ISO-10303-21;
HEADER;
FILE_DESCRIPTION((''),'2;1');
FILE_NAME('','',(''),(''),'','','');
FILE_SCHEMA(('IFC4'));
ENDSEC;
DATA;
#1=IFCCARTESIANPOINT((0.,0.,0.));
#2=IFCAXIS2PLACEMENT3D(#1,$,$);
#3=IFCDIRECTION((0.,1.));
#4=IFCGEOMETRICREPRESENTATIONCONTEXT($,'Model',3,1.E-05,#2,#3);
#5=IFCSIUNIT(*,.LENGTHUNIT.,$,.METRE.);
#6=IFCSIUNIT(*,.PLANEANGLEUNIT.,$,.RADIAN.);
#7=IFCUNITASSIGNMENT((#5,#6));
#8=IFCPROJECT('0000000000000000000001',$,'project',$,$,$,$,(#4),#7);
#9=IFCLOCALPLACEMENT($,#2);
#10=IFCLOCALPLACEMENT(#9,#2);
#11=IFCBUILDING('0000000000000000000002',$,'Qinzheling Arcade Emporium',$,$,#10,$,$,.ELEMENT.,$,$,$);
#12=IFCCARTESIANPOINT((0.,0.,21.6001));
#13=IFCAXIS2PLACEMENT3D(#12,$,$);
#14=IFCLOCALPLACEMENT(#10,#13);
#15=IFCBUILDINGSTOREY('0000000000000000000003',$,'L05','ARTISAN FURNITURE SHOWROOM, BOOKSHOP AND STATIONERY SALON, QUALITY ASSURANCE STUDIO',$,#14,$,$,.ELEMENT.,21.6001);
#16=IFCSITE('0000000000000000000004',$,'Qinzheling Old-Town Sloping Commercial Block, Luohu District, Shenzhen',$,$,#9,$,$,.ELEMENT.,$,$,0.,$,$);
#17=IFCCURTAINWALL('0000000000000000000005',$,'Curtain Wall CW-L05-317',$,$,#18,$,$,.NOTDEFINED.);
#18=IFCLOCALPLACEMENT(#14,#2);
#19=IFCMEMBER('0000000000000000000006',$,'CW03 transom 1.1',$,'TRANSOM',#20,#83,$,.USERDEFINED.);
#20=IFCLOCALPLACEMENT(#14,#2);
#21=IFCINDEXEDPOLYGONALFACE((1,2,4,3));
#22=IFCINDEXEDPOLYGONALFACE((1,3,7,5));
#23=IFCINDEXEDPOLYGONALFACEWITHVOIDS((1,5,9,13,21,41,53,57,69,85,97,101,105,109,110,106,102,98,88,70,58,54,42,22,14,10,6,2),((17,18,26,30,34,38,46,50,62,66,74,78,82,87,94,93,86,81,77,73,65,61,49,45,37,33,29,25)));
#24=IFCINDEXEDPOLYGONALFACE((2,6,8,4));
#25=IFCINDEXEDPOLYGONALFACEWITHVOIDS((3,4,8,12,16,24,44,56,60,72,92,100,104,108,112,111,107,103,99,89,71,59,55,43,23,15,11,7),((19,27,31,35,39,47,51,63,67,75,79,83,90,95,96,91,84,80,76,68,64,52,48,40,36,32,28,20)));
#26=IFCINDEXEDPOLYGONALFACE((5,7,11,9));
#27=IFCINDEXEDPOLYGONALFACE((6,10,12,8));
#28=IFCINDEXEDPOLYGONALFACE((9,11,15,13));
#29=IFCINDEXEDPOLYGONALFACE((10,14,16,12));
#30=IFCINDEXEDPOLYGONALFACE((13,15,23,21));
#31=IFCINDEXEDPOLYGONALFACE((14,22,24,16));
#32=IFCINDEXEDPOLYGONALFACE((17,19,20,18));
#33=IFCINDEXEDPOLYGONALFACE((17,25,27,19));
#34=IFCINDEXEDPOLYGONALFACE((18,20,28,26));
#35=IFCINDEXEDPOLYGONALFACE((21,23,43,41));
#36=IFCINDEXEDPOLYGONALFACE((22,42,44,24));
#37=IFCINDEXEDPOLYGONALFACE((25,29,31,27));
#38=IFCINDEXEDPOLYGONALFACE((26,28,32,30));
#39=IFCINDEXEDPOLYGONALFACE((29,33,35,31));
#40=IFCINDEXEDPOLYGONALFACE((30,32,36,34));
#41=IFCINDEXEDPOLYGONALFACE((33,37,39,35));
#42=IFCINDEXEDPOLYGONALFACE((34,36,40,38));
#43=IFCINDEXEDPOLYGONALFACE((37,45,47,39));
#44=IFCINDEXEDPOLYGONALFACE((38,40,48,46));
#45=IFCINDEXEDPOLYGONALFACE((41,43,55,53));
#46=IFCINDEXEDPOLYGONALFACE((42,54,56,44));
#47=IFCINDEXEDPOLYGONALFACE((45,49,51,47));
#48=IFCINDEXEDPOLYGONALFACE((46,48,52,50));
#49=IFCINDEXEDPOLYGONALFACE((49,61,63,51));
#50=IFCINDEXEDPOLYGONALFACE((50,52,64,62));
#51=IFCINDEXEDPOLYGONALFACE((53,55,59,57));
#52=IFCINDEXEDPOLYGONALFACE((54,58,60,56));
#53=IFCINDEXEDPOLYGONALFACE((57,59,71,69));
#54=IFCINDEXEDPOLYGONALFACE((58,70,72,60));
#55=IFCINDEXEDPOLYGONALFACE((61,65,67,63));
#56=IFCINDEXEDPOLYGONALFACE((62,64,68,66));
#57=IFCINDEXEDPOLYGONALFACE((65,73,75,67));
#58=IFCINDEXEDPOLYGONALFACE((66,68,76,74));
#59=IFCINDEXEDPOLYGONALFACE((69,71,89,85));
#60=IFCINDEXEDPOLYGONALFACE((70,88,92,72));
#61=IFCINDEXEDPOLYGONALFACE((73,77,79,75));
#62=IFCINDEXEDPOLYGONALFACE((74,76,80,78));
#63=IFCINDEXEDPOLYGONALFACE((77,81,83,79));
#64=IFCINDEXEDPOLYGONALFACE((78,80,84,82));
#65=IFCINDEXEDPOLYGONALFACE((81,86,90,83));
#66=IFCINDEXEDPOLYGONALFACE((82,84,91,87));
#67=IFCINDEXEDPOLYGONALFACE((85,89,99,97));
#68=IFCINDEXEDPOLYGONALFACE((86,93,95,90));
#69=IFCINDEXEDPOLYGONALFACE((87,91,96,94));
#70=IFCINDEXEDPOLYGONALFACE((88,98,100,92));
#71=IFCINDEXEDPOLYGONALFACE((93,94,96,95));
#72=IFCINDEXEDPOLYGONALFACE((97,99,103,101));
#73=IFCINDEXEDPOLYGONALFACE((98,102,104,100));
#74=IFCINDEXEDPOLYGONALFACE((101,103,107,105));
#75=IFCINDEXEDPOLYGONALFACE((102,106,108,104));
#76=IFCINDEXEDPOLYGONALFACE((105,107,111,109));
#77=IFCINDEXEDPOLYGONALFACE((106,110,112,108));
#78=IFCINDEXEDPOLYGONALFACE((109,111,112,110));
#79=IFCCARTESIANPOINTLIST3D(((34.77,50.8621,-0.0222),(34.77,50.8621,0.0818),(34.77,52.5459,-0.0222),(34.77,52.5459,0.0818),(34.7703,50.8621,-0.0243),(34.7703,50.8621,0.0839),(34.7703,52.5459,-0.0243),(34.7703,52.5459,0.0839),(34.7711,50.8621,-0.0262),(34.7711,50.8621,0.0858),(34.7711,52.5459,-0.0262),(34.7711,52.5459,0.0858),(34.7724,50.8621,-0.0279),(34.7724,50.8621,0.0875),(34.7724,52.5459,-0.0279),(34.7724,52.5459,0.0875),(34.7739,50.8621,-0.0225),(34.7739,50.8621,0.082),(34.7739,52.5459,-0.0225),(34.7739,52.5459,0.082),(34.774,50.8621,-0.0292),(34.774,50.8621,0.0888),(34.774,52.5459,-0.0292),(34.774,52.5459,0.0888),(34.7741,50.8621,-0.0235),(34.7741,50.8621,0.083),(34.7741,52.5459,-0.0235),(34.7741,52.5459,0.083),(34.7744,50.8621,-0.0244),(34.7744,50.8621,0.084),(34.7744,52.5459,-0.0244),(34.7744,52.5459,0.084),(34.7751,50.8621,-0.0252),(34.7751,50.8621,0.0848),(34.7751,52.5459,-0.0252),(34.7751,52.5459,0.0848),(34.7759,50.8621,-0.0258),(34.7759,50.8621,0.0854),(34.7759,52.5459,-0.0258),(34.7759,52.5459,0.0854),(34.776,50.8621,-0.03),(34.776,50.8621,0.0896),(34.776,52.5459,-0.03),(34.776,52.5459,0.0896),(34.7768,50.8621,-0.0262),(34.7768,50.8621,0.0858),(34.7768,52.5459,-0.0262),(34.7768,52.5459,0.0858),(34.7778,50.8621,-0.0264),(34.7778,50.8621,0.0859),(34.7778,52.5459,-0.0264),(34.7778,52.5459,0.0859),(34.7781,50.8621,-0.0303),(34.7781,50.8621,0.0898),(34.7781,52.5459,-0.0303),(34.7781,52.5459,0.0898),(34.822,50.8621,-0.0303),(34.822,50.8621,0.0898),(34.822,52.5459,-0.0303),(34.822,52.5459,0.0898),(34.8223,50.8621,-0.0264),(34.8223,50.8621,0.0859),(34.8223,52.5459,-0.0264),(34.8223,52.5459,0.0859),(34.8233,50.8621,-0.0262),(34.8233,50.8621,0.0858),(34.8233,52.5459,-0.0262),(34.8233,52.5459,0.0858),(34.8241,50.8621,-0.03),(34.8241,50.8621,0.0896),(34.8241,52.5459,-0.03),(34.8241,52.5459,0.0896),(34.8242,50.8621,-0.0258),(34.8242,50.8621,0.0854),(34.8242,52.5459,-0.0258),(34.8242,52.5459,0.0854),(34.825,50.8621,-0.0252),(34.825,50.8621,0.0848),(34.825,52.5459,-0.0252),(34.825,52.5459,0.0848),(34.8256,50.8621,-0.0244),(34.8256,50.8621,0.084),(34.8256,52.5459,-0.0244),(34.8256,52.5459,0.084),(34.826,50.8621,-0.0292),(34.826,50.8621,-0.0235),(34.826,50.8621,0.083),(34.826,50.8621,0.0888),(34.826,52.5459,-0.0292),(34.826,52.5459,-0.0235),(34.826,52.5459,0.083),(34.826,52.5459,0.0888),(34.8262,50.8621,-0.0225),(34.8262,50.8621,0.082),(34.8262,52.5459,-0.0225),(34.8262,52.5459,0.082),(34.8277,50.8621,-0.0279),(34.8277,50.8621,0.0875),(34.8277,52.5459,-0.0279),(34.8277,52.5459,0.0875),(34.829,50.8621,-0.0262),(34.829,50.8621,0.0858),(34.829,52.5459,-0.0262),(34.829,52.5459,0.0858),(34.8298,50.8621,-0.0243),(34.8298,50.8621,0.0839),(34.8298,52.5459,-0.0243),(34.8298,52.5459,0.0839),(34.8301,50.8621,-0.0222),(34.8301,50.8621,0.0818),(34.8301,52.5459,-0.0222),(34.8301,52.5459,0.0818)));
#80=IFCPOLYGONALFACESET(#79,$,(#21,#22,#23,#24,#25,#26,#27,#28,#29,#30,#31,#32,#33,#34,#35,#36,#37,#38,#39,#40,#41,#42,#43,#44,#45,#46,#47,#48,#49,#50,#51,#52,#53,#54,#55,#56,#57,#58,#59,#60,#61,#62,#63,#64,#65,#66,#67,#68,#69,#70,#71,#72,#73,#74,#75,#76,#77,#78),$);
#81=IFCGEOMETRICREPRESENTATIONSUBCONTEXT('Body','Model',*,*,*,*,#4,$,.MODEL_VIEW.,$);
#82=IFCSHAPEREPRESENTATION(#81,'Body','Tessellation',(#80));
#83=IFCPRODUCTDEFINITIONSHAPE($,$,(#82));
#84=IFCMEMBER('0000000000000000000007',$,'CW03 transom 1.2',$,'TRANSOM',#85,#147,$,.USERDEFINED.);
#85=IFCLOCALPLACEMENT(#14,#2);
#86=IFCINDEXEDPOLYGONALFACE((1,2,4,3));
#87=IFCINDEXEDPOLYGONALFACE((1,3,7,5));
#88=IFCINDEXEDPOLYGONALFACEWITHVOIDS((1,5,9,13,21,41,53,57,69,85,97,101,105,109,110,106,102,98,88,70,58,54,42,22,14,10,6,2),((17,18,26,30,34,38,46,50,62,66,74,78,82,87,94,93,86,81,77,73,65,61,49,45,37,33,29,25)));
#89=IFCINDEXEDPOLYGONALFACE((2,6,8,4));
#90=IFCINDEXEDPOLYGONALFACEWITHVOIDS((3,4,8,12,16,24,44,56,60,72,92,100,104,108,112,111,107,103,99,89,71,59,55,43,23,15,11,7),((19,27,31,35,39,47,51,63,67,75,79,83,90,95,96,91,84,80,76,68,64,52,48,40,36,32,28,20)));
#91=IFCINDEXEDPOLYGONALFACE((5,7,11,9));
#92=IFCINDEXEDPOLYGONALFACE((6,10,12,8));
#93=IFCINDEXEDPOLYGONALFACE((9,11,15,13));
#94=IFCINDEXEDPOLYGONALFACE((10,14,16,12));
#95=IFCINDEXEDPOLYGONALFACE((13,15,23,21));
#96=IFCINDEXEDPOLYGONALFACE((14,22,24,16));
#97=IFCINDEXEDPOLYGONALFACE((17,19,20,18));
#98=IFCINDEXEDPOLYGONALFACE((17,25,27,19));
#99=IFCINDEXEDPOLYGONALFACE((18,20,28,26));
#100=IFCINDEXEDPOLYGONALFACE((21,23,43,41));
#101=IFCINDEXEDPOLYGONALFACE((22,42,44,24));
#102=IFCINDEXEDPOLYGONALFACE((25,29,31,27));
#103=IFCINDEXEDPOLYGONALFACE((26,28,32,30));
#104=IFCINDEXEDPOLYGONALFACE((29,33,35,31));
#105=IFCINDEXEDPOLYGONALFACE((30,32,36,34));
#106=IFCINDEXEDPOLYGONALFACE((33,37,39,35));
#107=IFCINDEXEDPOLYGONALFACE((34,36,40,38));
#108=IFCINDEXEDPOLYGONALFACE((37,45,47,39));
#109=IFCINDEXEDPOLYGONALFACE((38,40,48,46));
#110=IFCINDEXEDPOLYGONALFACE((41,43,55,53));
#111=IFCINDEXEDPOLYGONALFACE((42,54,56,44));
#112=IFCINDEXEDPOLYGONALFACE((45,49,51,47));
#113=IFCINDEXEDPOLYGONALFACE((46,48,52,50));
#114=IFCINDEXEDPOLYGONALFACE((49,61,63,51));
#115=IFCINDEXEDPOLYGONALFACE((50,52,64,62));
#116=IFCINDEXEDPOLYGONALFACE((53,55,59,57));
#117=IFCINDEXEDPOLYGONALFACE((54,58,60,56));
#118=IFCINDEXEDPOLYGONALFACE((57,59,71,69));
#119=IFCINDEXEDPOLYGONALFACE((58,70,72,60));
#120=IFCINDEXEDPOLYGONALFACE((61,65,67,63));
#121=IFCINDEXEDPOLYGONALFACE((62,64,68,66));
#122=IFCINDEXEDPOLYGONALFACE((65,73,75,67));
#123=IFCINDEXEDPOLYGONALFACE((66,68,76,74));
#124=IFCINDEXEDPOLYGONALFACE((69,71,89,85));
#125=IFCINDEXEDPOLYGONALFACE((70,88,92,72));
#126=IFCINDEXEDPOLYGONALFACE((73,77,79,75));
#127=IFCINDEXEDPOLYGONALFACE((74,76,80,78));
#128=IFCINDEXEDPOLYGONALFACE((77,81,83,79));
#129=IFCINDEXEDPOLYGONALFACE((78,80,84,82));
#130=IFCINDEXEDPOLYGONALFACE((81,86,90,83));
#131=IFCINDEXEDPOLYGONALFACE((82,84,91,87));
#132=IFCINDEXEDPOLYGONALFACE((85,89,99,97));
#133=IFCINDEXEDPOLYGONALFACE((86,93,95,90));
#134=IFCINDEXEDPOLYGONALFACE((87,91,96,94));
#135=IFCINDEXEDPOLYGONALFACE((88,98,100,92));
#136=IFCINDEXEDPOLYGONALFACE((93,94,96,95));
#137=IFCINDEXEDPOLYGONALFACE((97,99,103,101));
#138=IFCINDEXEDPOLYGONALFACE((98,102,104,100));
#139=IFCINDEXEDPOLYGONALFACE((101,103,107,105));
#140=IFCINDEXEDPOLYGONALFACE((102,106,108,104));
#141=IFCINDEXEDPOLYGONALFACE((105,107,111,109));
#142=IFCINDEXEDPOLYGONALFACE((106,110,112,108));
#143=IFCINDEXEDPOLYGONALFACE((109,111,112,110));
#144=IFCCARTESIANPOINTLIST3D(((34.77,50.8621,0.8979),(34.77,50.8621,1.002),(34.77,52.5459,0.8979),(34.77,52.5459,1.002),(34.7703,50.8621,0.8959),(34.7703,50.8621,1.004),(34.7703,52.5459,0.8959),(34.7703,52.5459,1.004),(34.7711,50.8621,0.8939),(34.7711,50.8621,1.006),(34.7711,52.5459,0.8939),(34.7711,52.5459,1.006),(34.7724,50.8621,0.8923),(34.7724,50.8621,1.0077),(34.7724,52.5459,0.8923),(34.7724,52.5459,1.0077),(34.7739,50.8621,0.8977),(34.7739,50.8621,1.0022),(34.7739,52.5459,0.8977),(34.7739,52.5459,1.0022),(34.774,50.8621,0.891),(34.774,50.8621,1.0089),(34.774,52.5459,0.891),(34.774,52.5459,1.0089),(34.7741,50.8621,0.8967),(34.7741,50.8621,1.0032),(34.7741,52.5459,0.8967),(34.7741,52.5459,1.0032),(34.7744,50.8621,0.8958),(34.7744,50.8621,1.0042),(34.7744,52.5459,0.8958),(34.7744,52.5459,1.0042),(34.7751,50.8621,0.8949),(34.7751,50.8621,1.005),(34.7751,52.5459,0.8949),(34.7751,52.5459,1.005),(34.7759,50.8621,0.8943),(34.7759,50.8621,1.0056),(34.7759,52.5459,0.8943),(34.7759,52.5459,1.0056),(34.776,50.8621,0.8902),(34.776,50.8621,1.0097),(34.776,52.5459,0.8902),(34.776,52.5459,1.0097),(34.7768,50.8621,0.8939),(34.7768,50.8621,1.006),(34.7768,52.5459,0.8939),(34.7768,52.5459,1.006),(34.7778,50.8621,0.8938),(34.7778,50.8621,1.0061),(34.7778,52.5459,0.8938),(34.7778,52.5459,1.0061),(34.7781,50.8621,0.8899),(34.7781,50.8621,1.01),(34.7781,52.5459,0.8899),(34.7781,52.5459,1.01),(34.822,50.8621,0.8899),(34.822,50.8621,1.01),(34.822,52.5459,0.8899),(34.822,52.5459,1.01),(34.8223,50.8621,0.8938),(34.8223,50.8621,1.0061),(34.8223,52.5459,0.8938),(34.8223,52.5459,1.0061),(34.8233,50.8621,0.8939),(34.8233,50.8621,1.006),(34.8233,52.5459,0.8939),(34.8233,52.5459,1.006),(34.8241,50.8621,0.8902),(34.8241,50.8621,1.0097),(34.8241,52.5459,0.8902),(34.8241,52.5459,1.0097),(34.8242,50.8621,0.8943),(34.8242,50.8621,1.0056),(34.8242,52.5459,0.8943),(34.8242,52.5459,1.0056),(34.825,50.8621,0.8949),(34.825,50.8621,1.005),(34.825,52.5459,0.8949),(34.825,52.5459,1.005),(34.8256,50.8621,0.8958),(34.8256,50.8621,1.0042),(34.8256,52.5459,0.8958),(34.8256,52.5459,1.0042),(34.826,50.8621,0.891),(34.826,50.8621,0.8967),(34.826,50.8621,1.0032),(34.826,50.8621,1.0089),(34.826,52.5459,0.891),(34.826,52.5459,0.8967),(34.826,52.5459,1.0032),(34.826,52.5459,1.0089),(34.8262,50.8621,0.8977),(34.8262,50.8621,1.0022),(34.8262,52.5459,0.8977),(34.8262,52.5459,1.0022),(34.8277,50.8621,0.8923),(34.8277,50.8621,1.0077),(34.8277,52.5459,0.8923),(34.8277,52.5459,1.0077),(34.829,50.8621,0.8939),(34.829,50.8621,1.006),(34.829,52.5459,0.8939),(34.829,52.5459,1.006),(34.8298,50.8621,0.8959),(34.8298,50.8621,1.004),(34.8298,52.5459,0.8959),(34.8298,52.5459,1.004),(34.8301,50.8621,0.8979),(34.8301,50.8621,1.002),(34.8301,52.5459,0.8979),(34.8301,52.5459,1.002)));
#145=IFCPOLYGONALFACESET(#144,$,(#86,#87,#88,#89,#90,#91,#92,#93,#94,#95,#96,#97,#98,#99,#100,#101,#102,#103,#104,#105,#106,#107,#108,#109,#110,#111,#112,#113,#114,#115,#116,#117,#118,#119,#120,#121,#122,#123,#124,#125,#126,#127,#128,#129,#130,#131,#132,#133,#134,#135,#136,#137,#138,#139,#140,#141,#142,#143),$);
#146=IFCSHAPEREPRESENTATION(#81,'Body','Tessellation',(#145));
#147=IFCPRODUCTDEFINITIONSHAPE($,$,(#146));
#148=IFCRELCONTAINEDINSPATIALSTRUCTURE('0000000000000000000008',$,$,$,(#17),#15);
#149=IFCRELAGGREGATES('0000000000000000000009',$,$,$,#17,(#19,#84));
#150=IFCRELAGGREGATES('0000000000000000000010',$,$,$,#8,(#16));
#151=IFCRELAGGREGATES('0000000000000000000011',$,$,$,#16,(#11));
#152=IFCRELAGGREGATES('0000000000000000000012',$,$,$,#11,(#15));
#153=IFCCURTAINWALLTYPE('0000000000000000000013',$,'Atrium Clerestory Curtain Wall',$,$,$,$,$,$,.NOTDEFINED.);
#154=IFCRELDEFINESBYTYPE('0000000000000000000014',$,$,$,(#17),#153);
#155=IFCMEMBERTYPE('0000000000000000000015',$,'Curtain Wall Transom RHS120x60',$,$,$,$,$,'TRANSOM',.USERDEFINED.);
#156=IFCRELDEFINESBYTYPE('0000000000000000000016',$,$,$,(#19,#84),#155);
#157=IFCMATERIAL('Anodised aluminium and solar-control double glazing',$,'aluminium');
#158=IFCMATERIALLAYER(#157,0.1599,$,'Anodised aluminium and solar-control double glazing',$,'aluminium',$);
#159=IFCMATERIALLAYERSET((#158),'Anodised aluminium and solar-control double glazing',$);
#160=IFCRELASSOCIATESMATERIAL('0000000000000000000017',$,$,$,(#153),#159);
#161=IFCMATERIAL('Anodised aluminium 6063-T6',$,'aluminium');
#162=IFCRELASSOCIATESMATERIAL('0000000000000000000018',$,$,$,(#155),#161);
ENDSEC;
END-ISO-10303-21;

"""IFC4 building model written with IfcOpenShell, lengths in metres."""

from ifc_helpers import new_model, si_unit, direction, frame, origin, origin_2d, place, context, subcontext, project, spatial, hollow_rectangle, extrude, material, layer, layer_set, material_profile, profile_set, type_object, element, aggregate, save


model = new_model("IFC4")

# Units and contexts
model_context = context("Model", 3, precision=1e-05, world=origin(), true_north=direction((0.0, 1.0)))
body_context = subcontext(model_context, "Body", "Model", "MODEL_VIEW")
ifc_project = project(units=[si_unit("LENGTHUNIT", "METRE"), si_unit("PLANEANGLEUNIT", "RADIAN")], contexts=[model_context])

# Site, building, storey
site_placement = place(None, origin())
site = spatial("IfcSite", under=ifc_project, at=site_placement, Name="Qinzheling Old-Town Sloping Commercial Block, Luohu District, Shenzhen", CompositionType="ELEMENT", RefElevation=0.0)
building_placement = place(site_placement, origin())
building = spatial("IfcBuilding", under=site, at=building_placement, Name="Qinzheling Arcade Emporium", CompositionType="ELEMENT")
storey_placement = place(building_placement, frame((0.0, 0.0, 21.6001)))
storey = spatial("IfcBuildingStorey", under=building, at=storey_placement, Name="L05", Description="ARTISAN FURNITURE SHOWROOM, BOOKSHOP AND STATIONERY SALON, QUALITY ASSURANCE STUDIO", CompositionType="ELEMENT", Elevation=21.6001)

# Curtain wall
ifc_material_1 = material(Name="Anodised aluminium and solar-control double glazing", Category="aluminium")
ifc_layer_1 = layer(ifc_material_1, 0.1599, Name="Anodised aluminium and solar-control double glazing", Category="aluminium")
ifc_layer_set_1 = layer_set([ifc_layer_1], Name="Anodised aluminium and solar-control double glazing")
curtain_wall_type = type_object("IfcCurtainWallType", Name="Atrium Clerestory Curtain Wall", PredefinedType="NOTDEFINED", material=ifc_layer_set_1)
ifc_material_2 = material(Name="Anodised aluminium 6063-T6", Category="aluminium")
curtain_wall_1_placement = place(storey_placement, origin())
curtain_wall_1 = element("IfcCurtainWall", 1, at=curtain_wall_1_placement, inside=storey, type_object=curtain_wall_type, Name="Curtain Wall CW-L05-317", PredefinedType="NOTDEFINED")

# Members
ifc_material_profile_1 = material_profile(ifc_material_2, hollow_rectangle(XDim=0.0601, YDim=0.1201, WallThickness=0.0039, InnerFilletRadius=0.0039, OuterFilletRadius=0.0081, at=origin_2d()), Name="RHS 120x60x4", Category="aluminium")
ifc_profile_set_1 = profile_set([ifc_material_profile_1], Name="Anodised aluminium 6063-T6")
member_type_1 = type_object("IfcMemberType", Name="Curtain Wall Transom RHS120x60", ElementType="TRANSOM", PredefinedType="USERDEFINED", material=ifc_profile_set_1)
member_1_placement = place(storey_placement, frame((34.8, 50.8621, 0.0298), z_axis=(0.0, 1.0, 0.0), x_axis=(-1.0, 0.0, 0.0)))
member_1 = element("IfcMember", 2, at=member_1_placement, type_object=member_type_1, Name="CW03 transom 1.1", ObjectType="TRANSOM", PredefinedType="USERDEFINED", context=body_context, shape_type="SweptSolid", body=[
    extrude(hollow_rectangle(XDim=0.0601, YDim=0.1201, WallThickness=0.0039, InnerFilletRadius=0.0039, OuterFilletRadius=0.0081, at=origin_2d()), origin(), (0.0, 0.0, 1.0), 1.6838),
])
member_2_placement = place(storey_placement, frame((34.8, 50.8621, 0.95), z_axis=(0.0, 1.0, 0.0), x_axis=(-1.0, 0.0, 0.0)))
member_2 = element("IfcMember", 3, at=member_2_placement, type_object=member_type_1, Name="CW03 transom 1.2", ObjectType="TRANSOM", PredefinedType="USERDEFINED", context=body_context, shape_type="SweptSolid", body=[
    extrude(hollow_rectangle(XDim=0.0601, YDim=0.1201, WallThickness=0.0039, InnerFilletRadius=0.0039, OuterFilletRadius=0.0081, at=origin_2d()), origin(), (0.0, 0.0, 1.0), 1.6838),
])

aggregate(curtain_wall_1, [member_1, member_2])

save(model, "model.ifc")
